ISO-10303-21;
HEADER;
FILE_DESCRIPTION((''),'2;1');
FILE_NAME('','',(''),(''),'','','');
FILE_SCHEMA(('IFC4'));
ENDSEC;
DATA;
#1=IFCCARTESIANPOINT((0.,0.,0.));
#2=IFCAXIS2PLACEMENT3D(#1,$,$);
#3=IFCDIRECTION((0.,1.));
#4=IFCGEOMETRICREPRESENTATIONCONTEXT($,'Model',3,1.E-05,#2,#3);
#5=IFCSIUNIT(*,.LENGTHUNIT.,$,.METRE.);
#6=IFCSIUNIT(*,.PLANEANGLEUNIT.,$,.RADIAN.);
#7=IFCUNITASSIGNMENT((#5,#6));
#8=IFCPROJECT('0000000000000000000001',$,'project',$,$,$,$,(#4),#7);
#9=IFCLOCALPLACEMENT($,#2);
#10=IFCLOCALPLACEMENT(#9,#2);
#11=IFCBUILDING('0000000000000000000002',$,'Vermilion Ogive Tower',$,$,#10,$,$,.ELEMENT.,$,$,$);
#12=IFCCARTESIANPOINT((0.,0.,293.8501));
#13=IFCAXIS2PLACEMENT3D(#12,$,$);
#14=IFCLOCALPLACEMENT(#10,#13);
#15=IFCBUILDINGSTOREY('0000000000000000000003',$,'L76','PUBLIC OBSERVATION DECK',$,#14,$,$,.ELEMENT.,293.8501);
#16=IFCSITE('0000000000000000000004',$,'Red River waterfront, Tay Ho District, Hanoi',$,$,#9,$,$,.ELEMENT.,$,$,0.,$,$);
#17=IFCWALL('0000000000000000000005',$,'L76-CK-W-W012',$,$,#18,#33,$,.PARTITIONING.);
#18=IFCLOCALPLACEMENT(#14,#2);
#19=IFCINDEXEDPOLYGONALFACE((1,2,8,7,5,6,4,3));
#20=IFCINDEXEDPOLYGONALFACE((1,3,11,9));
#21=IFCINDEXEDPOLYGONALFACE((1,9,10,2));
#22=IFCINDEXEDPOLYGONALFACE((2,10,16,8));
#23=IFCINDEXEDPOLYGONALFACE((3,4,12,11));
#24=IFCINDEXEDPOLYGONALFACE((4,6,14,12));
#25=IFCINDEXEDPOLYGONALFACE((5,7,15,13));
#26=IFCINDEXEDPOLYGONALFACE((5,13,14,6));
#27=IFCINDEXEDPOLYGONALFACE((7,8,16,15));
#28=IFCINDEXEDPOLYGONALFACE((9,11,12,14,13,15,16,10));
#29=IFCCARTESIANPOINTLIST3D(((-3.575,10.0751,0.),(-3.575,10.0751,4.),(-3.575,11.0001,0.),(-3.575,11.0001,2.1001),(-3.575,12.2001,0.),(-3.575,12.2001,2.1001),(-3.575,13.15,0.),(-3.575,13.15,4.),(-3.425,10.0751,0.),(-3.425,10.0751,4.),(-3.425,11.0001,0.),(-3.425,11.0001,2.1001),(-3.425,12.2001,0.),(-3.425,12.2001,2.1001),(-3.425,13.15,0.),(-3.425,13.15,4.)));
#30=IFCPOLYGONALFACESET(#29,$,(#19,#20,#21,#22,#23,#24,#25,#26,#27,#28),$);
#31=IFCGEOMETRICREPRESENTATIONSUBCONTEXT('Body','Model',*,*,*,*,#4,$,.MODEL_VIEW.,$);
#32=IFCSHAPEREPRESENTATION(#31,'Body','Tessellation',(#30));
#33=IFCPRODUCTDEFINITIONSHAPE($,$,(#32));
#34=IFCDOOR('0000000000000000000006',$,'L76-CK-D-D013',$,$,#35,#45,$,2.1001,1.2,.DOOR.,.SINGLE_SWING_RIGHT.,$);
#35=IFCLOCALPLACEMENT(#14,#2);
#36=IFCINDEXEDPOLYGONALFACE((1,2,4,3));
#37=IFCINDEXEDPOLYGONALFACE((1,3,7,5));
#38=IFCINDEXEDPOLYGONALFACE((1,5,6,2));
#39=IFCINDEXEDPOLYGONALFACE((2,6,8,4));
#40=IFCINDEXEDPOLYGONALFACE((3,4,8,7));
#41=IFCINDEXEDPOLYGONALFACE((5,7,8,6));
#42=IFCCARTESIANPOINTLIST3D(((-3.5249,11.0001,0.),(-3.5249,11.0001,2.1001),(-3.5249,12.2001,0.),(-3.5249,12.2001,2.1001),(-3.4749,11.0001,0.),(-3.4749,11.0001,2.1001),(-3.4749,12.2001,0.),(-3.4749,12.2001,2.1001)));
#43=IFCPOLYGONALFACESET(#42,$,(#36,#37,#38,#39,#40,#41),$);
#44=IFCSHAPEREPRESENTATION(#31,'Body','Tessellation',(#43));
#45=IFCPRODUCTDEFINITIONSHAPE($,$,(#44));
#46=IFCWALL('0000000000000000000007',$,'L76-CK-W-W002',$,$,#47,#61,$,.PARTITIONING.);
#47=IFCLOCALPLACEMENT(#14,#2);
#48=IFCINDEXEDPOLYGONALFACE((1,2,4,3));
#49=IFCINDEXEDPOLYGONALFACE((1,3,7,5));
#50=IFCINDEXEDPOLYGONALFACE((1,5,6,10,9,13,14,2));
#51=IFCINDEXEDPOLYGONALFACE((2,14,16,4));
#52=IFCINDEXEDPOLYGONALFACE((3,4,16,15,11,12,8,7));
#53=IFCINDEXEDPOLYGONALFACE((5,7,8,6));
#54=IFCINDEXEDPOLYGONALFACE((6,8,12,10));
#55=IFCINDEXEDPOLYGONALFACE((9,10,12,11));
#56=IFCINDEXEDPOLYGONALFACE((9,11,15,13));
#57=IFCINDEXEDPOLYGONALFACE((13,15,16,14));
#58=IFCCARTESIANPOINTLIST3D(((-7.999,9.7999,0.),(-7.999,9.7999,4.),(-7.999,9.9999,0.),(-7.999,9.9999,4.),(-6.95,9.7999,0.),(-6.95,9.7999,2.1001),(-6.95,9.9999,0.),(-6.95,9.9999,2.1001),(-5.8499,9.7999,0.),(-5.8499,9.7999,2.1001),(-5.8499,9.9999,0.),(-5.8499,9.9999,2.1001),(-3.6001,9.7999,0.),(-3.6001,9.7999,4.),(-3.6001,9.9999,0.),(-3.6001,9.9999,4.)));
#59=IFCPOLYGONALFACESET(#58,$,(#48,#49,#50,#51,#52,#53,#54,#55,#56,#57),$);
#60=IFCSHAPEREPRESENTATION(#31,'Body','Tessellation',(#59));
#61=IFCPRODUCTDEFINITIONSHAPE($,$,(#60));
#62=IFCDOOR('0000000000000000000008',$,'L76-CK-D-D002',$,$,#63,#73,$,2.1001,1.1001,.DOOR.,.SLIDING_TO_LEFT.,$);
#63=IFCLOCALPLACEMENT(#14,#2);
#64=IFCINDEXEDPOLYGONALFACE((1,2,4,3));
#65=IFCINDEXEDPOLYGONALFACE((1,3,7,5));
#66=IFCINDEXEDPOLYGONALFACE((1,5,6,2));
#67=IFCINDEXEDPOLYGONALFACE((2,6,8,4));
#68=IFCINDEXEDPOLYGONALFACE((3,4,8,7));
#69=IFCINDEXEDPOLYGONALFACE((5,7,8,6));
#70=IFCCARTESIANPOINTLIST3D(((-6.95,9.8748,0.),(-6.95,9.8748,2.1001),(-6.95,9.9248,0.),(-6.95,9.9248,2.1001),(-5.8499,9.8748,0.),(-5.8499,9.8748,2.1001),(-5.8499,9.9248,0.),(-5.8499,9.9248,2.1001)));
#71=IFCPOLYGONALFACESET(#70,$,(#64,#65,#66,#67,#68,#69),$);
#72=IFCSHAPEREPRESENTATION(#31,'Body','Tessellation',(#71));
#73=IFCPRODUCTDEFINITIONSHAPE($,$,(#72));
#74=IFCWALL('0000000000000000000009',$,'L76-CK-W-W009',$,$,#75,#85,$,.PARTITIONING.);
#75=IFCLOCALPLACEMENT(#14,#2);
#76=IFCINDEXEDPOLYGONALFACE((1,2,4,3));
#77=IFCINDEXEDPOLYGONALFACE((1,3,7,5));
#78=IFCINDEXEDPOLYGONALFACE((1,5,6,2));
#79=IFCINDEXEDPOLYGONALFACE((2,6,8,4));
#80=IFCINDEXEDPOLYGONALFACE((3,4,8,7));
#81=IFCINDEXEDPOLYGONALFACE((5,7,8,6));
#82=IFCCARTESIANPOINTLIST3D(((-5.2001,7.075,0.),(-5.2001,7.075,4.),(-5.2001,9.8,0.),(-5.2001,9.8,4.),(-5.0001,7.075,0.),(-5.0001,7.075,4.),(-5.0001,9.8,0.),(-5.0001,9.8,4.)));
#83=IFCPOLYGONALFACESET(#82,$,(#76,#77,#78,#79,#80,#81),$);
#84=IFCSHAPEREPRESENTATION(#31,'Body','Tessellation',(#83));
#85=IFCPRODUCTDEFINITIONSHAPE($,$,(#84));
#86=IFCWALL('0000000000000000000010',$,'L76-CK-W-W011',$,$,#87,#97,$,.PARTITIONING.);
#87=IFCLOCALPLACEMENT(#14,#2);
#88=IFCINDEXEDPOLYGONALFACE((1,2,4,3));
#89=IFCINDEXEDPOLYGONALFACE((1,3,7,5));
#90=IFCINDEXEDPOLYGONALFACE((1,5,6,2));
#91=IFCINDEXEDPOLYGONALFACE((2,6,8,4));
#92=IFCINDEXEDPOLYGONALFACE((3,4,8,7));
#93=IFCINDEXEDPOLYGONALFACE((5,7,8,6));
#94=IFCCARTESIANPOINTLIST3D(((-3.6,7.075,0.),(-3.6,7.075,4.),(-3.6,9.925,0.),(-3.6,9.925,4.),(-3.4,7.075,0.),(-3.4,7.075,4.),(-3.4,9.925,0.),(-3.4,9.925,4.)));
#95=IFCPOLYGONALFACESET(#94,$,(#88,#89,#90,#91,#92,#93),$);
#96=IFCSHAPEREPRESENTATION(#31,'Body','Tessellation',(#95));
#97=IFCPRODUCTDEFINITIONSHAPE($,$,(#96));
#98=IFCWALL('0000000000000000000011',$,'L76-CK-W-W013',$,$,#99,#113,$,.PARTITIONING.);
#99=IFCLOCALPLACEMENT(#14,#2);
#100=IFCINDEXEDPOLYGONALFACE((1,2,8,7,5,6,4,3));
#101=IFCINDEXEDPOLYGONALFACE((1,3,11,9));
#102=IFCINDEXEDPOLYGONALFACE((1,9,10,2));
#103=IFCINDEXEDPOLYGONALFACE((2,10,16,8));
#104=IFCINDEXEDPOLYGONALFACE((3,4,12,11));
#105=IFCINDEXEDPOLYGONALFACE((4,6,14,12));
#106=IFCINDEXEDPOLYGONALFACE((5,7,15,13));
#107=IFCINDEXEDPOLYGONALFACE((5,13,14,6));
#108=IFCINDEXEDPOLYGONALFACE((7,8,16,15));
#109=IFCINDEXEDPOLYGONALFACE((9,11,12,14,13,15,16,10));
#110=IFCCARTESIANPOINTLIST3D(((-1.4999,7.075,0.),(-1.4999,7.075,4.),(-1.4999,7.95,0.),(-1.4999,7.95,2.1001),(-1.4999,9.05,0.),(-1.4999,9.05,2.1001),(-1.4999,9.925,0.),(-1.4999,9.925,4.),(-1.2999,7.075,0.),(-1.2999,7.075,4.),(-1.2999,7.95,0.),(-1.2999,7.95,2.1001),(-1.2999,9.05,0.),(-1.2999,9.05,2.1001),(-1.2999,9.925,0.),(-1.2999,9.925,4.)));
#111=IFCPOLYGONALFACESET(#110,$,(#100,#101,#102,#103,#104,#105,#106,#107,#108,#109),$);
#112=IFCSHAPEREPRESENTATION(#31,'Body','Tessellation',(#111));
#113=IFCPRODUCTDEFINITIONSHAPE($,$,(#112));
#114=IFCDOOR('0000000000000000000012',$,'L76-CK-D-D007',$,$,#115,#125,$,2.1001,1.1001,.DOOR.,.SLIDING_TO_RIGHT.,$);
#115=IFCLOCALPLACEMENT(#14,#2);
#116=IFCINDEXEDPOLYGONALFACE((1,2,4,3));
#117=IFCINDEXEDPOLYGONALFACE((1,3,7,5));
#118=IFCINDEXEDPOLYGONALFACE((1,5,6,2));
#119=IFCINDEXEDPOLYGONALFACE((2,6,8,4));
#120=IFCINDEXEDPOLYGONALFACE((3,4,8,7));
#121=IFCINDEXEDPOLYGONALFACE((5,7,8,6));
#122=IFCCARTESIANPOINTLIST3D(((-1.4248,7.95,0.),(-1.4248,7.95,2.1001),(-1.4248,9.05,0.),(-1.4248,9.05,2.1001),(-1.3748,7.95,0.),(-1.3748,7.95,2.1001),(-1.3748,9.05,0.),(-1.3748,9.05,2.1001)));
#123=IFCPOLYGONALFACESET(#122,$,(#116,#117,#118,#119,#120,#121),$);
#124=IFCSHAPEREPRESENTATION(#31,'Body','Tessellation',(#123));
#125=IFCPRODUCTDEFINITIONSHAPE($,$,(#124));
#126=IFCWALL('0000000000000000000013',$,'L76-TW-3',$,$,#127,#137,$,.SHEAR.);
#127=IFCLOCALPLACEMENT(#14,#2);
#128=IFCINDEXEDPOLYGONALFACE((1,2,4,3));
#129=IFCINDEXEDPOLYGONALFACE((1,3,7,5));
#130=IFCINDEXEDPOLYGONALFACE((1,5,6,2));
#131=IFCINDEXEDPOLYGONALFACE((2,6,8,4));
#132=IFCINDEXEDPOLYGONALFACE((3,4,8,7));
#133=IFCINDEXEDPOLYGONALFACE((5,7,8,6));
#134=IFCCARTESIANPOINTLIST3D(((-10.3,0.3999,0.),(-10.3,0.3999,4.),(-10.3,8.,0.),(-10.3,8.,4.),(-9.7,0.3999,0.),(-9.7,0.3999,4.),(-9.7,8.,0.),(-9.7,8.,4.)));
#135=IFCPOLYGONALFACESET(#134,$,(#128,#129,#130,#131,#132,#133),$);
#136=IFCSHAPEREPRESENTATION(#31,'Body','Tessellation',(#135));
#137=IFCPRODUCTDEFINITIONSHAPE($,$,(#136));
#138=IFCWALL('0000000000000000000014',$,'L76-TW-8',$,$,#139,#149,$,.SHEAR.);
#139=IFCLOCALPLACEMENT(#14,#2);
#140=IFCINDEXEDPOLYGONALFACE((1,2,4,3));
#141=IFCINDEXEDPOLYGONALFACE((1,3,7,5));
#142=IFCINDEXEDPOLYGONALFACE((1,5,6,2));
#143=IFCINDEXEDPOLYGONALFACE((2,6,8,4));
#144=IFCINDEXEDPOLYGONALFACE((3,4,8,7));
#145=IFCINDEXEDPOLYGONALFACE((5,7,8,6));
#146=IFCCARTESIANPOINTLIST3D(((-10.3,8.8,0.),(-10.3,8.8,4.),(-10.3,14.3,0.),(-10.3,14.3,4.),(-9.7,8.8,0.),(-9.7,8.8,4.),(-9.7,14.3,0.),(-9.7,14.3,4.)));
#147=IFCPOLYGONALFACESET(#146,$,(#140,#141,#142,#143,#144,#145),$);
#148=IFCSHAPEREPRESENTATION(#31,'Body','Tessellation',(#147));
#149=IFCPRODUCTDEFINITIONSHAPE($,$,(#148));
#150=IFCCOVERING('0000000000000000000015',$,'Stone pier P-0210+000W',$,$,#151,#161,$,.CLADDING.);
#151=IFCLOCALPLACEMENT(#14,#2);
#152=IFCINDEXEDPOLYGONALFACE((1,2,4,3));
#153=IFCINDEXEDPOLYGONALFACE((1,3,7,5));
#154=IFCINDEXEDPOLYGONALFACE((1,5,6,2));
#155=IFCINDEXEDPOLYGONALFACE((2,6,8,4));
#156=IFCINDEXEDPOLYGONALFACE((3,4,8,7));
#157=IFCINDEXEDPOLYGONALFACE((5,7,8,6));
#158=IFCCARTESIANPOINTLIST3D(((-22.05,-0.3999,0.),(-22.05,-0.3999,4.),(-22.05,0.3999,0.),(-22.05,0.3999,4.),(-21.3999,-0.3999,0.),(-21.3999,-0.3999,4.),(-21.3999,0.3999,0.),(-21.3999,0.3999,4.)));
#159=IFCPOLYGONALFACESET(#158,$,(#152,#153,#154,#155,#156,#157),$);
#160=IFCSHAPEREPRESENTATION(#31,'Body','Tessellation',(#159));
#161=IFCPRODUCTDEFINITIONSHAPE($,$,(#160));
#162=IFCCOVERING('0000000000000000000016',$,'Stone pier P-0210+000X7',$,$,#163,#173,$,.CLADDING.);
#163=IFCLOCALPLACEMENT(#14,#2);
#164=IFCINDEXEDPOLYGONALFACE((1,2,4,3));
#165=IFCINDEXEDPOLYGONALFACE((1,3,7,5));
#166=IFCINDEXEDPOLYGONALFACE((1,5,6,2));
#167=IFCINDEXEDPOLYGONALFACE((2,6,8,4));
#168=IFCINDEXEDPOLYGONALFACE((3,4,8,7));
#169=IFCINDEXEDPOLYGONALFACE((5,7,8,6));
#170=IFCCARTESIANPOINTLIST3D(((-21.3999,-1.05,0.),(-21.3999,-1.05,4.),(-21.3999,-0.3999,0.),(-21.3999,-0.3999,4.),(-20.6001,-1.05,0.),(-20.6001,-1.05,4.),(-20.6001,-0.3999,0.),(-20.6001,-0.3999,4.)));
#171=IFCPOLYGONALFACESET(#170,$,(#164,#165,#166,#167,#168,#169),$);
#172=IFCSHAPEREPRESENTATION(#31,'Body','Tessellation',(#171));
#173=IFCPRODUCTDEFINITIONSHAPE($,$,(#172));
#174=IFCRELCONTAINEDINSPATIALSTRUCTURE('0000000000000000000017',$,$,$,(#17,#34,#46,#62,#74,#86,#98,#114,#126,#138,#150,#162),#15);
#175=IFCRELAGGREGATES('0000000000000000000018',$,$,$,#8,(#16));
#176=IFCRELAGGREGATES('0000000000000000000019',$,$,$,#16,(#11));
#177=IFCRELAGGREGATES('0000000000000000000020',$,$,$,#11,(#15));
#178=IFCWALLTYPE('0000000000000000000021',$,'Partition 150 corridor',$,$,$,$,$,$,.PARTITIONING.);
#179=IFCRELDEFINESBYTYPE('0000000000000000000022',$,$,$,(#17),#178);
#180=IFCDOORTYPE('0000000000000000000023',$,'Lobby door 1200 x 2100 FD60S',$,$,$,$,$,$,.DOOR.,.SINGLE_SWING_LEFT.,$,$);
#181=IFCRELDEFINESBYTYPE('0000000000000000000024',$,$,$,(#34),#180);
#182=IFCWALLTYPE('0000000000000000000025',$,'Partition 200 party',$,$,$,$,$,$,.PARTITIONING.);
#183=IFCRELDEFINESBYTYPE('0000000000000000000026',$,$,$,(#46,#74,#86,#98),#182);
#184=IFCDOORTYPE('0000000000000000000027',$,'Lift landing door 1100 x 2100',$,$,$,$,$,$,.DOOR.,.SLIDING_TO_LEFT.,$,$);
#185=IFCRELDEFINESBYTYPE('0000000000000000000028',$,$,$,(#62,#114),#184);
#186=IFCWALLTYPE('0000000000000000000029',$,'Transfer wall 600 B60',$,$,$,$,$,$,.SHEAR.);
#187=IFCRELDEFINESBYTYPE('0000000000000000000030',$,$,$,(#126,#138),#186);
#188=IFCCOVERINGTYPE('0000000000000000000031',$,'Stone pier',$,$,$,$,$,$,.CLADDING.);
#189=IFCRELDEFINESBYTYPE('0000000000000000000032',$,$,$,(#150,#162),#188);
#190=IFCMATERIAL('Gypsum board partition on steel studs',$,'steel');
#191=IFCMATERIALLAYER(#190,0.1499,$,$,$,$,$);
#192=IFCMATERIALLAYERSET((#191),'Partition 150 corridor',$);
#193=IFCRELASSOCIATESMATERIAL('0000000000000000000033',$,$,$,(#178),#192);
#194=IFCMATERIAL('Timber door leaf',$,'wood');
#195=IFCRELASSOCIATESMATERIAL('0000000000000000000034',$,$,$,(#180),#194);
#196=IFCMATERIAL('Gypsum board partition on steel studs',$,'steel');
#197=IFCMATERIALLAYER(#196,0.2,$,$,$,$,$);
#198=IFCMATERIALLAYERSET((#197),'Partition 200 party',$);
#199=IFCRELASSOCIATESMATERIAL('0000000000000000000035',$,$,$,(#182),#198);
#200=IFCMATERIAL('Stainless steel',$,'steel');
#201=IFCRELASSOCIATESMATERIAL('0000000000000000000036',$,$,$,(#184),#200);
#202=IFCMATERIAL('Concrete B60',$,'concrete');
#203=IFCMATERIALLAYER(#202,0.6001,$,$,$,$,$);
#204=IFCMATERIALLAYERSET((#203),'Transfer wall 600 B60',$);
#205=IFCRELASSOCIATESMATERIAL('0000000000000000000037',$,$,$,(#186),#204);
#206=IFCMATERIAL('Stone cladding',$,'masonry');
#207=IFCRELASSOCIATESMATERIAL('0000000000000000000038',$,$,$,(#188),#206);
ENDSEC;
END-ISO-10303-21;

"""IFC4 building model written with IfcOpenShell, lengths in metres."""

from ifc_helpers import new_model, si_unit, direction, frame, frame_2d, origin, place, context, subcontext, project, spatial, polyline, rectangle, outline, extrude, material, layer, layer_set, type_object, element, fill, save


model = new_model("IFC4")

# Units and contexts
model_context = context("Model", 3, precision=1e-05, world=origin(), true_north=direction((0.0, 1.0)))
body_context = subcontext(model_context, "Body", "Model", "MODEL_VIEW")
ifc_project = project(units=[si_unit("LENGTHUNIT", "METRE"), si_unit("PLANEANGLEUNIT", "RADIAN")], contexts=[model_context])

# Site, building, storey
site_placement = place(None, origin())
site = spatial("IfcSite", under=ifc_project, at=site_placement, Name="Red River waterfront, Tay Ho District, Hanoi", CompositionType="ELEMENT", RefElevation=0.0)
building_placement = place(site_placement, origin())
building = spatial("IfcBuilding", under=site, at=building_placement, Name="Vermilion Ogive Tower", CompositionType="ELEMENT")
storey_placement = place(building_placement, frame((0.0, 0.0, 293.8501)))
storey = spatial("IfcBuildingStorey", under=building, at=storey_placement, Name="L76", Description="PUBLIC OBSERVATION DECK", CompositionType="ELEMENT", Elevation=293.8501)

# Walls, openings, doors
ifc_material_1 = material(Name="Gypsum board partition on steel studs", Category="steel")
ifc_layer_1 = layer(ifc_material_1, 0.1499)
ifc_layer_set_1 = layer_set([ifc_layer_1], Name="Partition 150 corridor")
wall_type_1 = type_object("IfcWallType", Name="Partition 150 corridor", PredefinedType="PARTITIONING", material=ifc_layer_set_1)
wall_1_placement = place(storey_placement, frame((-3.5, 10.075, 0.0), z_axis=(0.0, 0.0, 1.0), x_axis=(0.0, 1.0, 0.0)))
wall_1 = element("IfcWall", 1, at=wall_1_placement, inside=storey, type_object=wall_type_1, Name="L76-CK-W-W012", PredefinedType="PARTITIONING", context=body_context, shape_type="SweptSolid", body=[
    extrude(rectangle(XDim=3.075, YDim=0.1499, at=frame_2d((1.5376, 0.0))), origin(), (0.0, 0.0, 1.0), 4.0),
])
opening_1_placement = place(wall_1_placement, frame((0.925, 0.0, 0.0)))
opening_1 = element("IfcOpeningElement", 2, at=opening_1_placement, cuts=wall_1, PredefinedType="OPENING", context=body_context, shape_type="SweptSolid", body=[
    extrude(rectangle(XDim=1.2, YDim=2.1001, at=frame_2d((0.6001, 1.05))), frame((0.0, 0.085, 0.0), z_axis=(0.0, -1.0, 0.0), x_axis=(1.0, 0.0, 0.0)), (0.0, 0.0, 1.0), 0.1699),
])
ifc_material_2 = material(Name="Timber door leaf", Category="wood")
door_type_1 = type_object("IfcDoorType", Name="Lobby door 1200 x 2100 FD60S", OperationType="SINGLE_SWING_LEFT", PredefinedType="DOOR", material=ifc_material_2)
door_1_placement = place(opening_1_placement, origin())
door_1 = element("IfcDoor", 3, at=door_1_placement, inside=storey, type_object=door_type_1, Name="L76-CK-D-D013", OperationType="SINGLE_SWING_RIGHT", OverallHeight=2.1001, OverallWidth=1.2, PredefinedType="DOOR", context=body_context, shape_type="SweptSolid", body=[
    extrude(rectangle(XDim=1.2, YDim=2.1001, at=frame_2d((0.6001, 1.05))), frame((0.0, 0.0249, 0.0), z_axis=(0.0, -1.0, 0.0), x_axis=(1.0, 0.0, 0.0)), (0.0, 0.0, 1.0), 0.05),
])
fill(opening_1, door_1)
ifc_material_3 = material(Name="Gypsum board partition on steel studs", Category="steel")
ifc_layer_2 = layer(ifc_material_3, 0.2)
ifc_layer_set_2 = layer_set([ifc_layer_2], Name="Partition 200 party")
wall_type_2 = type_object("IfcWallType", Name="Partition 200 party", PredefinedType="PARTITIONING", material=ifc_layer_set_2)
wall_2_placement = place(storey_placement, frame((-7.999, 9.8999, 0.0), z_axis=(0.0, 0.0, 1.0), x_axis=(1.0, 0.0, 0.0)))
wall_2 = element("IfcWall", 4, at=wall_2_placement, inside=storey, type_object=wall_type_2, Name="L76-CK-W-W002", PredefinedType="PARTITIONING", context=body_context, shape_type="SweptSolid", body=[
    extrude(rectangle(XDim=4.3989, YDim=0.2, at=frame_2d((2.1995, 0.0))), origin(), (0.0, 0.0, 1.0), 4.0),
])
opening_2_placement = place(wall_2_placement, frame((1.0491, 0.0, 0.0)))
opening_2 = element("IfcOpeningElement", 5, at=opening_2_placement, cuts=wall_2, PredefinedType="OPENING", context=body_context, shape_type="SweptSolid", body=[
    extrude(rectangle(XDim=1.1001, YDim=2.1001, at=frame_2d((0.55, 1.05))), frame((0.0, 0.1099, 0.0), z_axis=(0.0, -1.0, 0.0), x_axis=(1.0, 0.0, 0.0)), (0.0, 0.0, 1.0), 0.22),
])
ifc_material_4 = material(Name="Stainless steel", Category="steel")
door_type_2 = type_object("IfcDoorType", Name="Lift landing door 1100 x 2100", OperationType="SLIDING_TO_LEFT", PredefinedType="DOOR", material=ifc_material_4)
door_2_placement = place(opening_2_placement, origin())
door_2 = element("IfcDoor", 6, at=door_2_placement, inside=storey, type_object=door_type_2, Name="L76-CK-D-D002", OperationType="SLIDING_TO_LEFT", OverallHeight=2.1001, OverallWidth=1.1001, PredefinedType="DOOR", context=body_context, shape_type="SweptSolid", body=[
    extrude(rectangle(XDim=1.1001, YDim=2.1001, at=frame_2d((0.55, 1.05))), frame((0.0, 0.0249, 0.0), z_axis=(0.0, -1.0, 0.0), x_axis=(1.0, 0.0, 0.0)), (0.0, 0.0, 1.0), 0.05),
])
fill(opening_2, door_2)

# Walls
wall_3_placement = place(storey_placement, frame((-5.1001, 7.075, 0.0), z_axis=(0.0, 0.0, 1.0), x_axis=(0.0, 1.0, 0.0)))
element("IfcWall", 7, at=wall_3_placement, inside=storey, type_object=wall_type_2, Name="L76-CK-W-W009", PredefinedType="PARTITIONING", context=body_context, shape_type="SweptSolid", body=[
    extrude(rectangle(XDim=2.7251, YDim=0.2, at=frame_2d((1.3625, 0.0))), origin(), (0.0, 0.0, 1.0), 4.0),
])
wall_4_placement = place(storey_placement, frame((-3.5, 7.075, 0.0), z_axis=(0.0, 0.0, 1.0), x_axis=(0.0, 1.0, 0.0)))
element("IfcWall", 8, at=wall_4_placement, inside=storey, type_object=wall_type_2, Name="L76-CK-W-W011", PredefinedType="PARTITIONING", context=body_context, shape_type="SweptSolid", body=[
    extrude(rectangle(XDim=2.8501, YDim=0.2, at=frame_2d((1.425, 0.0))), origin(), (0.0, 0.0, 1.0), 4.0),
])

# Wall, opening, door
wall_5_placement = place(storey_placement, frame((-1.3999, 7.075, 0.0), z_axis=(0.0, 0.0, 1.0), x_axis=(0.0, 1.0, 0.0)))
wall_5 = element("IfcWall", 9, at=wall_5_placement, inside=storey, type_object=wall_type_2, Name="L76-CK-W-W013", PredefinedType="PARTITIONING", context=body_context, shape_type="SweptSolid", body=[
    extrude(rectangle(XDim=2.8501, YDim=0.2, at=frame_2d((1.425, 0.0))), origin(), (0.0, 0.0, 1.0), 4.0),
])
opening_3_placement = place(wall_5_placement, frame((0.875, 0.0, 0.0)))
opening_3 = element("IfcOpeningElement", 10, at=opening_3_placement, cuts=wall_5, PredefinedType="OPENING", context=body_context, shape_type="SweptSolid", body=[
    extrude(rectangle(XDim=1.1001, YDim=2.1001, at=frame_2d((0.55, 1.05))), frame((0.0, 0.1099, 0.0), z_axis=(0.0, -1.0, 0.0), x_axis=(1.0, 0.0, 0.0)), (0.0, 0.0, 1.0), 0.22),
])
door_3_placement = place(opening_3_placement, origin())
door_3 = element("IfcDoor", 11, at=door_3_placement, inside=storey, type_object=door_type_2, Name="L76-CK-D-D007", OperationType="SLIDING_TO_RIGHT", OverallHeight=2.1001, OverallWidth=1.1001, PredefinedType="DOOR", context=body_context, shape_type="SweptSolid", body=[
    extrude(rectangle(XDim=1.1001, YDim=2.1001, at=frame_2d((0.55, 1.05))), frame((0.0, 0.0249, 0.0), z_axis=(0.0, -1.0, 0.0), x_axis=(1.0, 0.0, 0.0)), (0.0, 0.0, 1.0), 0.05),
])
fill(opening_3, door_3)

# Walls
ifc_material_5 = material(Name="Concrete B60", Category="concrete")
ifc_layer_3 = layer(ifc_material_5, 0.6001)
ifc_layer_set_3 = layer_set([ifc_layer_3], Name="Transfer wall 600 B60")
wall_type_3 = type_object("IfcWallType", Name="Transfer wall 600 B60", PredefinedType="SHEAR", material=ifc_layer_set_3)
wall_6_placement = place(storey_placement, frame((-10.0, 0.3999, 0.0), z_axis=(0.0, 0.0, 1.0), x_axis=(0.0, 1.0, 0.0)))
element("IfcWall", 12, at=wall_6_placement, inside=storey, type_object=wall_type_3, Name="L76-TW-3", PredefinedType="SHEAR", context=body_context, shape_type="SweptSolid", body=[
    extrude(rectangle(XDim=7.6001, YDim=0.6001, at=frame_2d((3.8, 0.0))), origin(), (0.0, 0.0, 1.0), 4.0),
])
wall_7_placement = place(storey_placement, frame((-10.0, 8.8, 0.0), z_axis=(0.0, 0.0, 1.0), x_axis=(0.0, 1.0, 0.0)))
element("IfcWall", 13, at=wall_7_placement, inside=storey, type_object=wall_type_3, Name="L76-TW-8", PredefinedType="SHEAR", context=body_context, shape_type="SweptSolid", body=[
    extrude(rectangle(XDim=5.5, YDim=0.6001, at=frame_2d((2.75, 0.0))), origin(), (0.0, 0.0, 1.0), 4.0),
])

# Coverings
ifc_material_6 = material(Name="Stone cladding", Category="masonry")
covering_type = type_object("IfcCoveringType", Name="Stone pier", PredefinedType="CLADDING", material=ifc_material_6)
covering_1_placement = place(storey_placement, origin())
element("IfcCovering", 14, at=covering_1_placement, inside=storey, type_object=covering_type, Name="Stone pier P-0210+000W", PredefinedType="CLADDING", context=body_context, shape_type="SweptSolid", body=[
    extrude(outline(polyline([(-21.3999, -0.3999), (-21.3999, -0.3999), (-22.05, -0.3999), (-22.05, 0.3999), (-21.3999, 0.3999), (-21.3999, 0.3999), (-21.3999, -0.3999)])), origin(), (0.0, 0.0, 1.0), 4.0),
])
covering_2_placement = place(storey_placement, origin())
element("IfcCovering", 15, at=covering_2_placement, inside=storey, type_object=covering_type, Name="Stone pier P-0210+000X7", PredefinedType="CLADDING", context=body_context, shape_type="SweptSolid", body=[
    extrude(outline(polyline([(-21.3999, -1.05), (-21.3999, -0.3999), (-21.3999, -0.3999), (-20.6001, -0.3999), (-20.6001, -1.05), (-21.3999, -1.05)])), origin(), (0.0, 0.0, 1.0), 4.0),
])

save(model, "model.ifc")
